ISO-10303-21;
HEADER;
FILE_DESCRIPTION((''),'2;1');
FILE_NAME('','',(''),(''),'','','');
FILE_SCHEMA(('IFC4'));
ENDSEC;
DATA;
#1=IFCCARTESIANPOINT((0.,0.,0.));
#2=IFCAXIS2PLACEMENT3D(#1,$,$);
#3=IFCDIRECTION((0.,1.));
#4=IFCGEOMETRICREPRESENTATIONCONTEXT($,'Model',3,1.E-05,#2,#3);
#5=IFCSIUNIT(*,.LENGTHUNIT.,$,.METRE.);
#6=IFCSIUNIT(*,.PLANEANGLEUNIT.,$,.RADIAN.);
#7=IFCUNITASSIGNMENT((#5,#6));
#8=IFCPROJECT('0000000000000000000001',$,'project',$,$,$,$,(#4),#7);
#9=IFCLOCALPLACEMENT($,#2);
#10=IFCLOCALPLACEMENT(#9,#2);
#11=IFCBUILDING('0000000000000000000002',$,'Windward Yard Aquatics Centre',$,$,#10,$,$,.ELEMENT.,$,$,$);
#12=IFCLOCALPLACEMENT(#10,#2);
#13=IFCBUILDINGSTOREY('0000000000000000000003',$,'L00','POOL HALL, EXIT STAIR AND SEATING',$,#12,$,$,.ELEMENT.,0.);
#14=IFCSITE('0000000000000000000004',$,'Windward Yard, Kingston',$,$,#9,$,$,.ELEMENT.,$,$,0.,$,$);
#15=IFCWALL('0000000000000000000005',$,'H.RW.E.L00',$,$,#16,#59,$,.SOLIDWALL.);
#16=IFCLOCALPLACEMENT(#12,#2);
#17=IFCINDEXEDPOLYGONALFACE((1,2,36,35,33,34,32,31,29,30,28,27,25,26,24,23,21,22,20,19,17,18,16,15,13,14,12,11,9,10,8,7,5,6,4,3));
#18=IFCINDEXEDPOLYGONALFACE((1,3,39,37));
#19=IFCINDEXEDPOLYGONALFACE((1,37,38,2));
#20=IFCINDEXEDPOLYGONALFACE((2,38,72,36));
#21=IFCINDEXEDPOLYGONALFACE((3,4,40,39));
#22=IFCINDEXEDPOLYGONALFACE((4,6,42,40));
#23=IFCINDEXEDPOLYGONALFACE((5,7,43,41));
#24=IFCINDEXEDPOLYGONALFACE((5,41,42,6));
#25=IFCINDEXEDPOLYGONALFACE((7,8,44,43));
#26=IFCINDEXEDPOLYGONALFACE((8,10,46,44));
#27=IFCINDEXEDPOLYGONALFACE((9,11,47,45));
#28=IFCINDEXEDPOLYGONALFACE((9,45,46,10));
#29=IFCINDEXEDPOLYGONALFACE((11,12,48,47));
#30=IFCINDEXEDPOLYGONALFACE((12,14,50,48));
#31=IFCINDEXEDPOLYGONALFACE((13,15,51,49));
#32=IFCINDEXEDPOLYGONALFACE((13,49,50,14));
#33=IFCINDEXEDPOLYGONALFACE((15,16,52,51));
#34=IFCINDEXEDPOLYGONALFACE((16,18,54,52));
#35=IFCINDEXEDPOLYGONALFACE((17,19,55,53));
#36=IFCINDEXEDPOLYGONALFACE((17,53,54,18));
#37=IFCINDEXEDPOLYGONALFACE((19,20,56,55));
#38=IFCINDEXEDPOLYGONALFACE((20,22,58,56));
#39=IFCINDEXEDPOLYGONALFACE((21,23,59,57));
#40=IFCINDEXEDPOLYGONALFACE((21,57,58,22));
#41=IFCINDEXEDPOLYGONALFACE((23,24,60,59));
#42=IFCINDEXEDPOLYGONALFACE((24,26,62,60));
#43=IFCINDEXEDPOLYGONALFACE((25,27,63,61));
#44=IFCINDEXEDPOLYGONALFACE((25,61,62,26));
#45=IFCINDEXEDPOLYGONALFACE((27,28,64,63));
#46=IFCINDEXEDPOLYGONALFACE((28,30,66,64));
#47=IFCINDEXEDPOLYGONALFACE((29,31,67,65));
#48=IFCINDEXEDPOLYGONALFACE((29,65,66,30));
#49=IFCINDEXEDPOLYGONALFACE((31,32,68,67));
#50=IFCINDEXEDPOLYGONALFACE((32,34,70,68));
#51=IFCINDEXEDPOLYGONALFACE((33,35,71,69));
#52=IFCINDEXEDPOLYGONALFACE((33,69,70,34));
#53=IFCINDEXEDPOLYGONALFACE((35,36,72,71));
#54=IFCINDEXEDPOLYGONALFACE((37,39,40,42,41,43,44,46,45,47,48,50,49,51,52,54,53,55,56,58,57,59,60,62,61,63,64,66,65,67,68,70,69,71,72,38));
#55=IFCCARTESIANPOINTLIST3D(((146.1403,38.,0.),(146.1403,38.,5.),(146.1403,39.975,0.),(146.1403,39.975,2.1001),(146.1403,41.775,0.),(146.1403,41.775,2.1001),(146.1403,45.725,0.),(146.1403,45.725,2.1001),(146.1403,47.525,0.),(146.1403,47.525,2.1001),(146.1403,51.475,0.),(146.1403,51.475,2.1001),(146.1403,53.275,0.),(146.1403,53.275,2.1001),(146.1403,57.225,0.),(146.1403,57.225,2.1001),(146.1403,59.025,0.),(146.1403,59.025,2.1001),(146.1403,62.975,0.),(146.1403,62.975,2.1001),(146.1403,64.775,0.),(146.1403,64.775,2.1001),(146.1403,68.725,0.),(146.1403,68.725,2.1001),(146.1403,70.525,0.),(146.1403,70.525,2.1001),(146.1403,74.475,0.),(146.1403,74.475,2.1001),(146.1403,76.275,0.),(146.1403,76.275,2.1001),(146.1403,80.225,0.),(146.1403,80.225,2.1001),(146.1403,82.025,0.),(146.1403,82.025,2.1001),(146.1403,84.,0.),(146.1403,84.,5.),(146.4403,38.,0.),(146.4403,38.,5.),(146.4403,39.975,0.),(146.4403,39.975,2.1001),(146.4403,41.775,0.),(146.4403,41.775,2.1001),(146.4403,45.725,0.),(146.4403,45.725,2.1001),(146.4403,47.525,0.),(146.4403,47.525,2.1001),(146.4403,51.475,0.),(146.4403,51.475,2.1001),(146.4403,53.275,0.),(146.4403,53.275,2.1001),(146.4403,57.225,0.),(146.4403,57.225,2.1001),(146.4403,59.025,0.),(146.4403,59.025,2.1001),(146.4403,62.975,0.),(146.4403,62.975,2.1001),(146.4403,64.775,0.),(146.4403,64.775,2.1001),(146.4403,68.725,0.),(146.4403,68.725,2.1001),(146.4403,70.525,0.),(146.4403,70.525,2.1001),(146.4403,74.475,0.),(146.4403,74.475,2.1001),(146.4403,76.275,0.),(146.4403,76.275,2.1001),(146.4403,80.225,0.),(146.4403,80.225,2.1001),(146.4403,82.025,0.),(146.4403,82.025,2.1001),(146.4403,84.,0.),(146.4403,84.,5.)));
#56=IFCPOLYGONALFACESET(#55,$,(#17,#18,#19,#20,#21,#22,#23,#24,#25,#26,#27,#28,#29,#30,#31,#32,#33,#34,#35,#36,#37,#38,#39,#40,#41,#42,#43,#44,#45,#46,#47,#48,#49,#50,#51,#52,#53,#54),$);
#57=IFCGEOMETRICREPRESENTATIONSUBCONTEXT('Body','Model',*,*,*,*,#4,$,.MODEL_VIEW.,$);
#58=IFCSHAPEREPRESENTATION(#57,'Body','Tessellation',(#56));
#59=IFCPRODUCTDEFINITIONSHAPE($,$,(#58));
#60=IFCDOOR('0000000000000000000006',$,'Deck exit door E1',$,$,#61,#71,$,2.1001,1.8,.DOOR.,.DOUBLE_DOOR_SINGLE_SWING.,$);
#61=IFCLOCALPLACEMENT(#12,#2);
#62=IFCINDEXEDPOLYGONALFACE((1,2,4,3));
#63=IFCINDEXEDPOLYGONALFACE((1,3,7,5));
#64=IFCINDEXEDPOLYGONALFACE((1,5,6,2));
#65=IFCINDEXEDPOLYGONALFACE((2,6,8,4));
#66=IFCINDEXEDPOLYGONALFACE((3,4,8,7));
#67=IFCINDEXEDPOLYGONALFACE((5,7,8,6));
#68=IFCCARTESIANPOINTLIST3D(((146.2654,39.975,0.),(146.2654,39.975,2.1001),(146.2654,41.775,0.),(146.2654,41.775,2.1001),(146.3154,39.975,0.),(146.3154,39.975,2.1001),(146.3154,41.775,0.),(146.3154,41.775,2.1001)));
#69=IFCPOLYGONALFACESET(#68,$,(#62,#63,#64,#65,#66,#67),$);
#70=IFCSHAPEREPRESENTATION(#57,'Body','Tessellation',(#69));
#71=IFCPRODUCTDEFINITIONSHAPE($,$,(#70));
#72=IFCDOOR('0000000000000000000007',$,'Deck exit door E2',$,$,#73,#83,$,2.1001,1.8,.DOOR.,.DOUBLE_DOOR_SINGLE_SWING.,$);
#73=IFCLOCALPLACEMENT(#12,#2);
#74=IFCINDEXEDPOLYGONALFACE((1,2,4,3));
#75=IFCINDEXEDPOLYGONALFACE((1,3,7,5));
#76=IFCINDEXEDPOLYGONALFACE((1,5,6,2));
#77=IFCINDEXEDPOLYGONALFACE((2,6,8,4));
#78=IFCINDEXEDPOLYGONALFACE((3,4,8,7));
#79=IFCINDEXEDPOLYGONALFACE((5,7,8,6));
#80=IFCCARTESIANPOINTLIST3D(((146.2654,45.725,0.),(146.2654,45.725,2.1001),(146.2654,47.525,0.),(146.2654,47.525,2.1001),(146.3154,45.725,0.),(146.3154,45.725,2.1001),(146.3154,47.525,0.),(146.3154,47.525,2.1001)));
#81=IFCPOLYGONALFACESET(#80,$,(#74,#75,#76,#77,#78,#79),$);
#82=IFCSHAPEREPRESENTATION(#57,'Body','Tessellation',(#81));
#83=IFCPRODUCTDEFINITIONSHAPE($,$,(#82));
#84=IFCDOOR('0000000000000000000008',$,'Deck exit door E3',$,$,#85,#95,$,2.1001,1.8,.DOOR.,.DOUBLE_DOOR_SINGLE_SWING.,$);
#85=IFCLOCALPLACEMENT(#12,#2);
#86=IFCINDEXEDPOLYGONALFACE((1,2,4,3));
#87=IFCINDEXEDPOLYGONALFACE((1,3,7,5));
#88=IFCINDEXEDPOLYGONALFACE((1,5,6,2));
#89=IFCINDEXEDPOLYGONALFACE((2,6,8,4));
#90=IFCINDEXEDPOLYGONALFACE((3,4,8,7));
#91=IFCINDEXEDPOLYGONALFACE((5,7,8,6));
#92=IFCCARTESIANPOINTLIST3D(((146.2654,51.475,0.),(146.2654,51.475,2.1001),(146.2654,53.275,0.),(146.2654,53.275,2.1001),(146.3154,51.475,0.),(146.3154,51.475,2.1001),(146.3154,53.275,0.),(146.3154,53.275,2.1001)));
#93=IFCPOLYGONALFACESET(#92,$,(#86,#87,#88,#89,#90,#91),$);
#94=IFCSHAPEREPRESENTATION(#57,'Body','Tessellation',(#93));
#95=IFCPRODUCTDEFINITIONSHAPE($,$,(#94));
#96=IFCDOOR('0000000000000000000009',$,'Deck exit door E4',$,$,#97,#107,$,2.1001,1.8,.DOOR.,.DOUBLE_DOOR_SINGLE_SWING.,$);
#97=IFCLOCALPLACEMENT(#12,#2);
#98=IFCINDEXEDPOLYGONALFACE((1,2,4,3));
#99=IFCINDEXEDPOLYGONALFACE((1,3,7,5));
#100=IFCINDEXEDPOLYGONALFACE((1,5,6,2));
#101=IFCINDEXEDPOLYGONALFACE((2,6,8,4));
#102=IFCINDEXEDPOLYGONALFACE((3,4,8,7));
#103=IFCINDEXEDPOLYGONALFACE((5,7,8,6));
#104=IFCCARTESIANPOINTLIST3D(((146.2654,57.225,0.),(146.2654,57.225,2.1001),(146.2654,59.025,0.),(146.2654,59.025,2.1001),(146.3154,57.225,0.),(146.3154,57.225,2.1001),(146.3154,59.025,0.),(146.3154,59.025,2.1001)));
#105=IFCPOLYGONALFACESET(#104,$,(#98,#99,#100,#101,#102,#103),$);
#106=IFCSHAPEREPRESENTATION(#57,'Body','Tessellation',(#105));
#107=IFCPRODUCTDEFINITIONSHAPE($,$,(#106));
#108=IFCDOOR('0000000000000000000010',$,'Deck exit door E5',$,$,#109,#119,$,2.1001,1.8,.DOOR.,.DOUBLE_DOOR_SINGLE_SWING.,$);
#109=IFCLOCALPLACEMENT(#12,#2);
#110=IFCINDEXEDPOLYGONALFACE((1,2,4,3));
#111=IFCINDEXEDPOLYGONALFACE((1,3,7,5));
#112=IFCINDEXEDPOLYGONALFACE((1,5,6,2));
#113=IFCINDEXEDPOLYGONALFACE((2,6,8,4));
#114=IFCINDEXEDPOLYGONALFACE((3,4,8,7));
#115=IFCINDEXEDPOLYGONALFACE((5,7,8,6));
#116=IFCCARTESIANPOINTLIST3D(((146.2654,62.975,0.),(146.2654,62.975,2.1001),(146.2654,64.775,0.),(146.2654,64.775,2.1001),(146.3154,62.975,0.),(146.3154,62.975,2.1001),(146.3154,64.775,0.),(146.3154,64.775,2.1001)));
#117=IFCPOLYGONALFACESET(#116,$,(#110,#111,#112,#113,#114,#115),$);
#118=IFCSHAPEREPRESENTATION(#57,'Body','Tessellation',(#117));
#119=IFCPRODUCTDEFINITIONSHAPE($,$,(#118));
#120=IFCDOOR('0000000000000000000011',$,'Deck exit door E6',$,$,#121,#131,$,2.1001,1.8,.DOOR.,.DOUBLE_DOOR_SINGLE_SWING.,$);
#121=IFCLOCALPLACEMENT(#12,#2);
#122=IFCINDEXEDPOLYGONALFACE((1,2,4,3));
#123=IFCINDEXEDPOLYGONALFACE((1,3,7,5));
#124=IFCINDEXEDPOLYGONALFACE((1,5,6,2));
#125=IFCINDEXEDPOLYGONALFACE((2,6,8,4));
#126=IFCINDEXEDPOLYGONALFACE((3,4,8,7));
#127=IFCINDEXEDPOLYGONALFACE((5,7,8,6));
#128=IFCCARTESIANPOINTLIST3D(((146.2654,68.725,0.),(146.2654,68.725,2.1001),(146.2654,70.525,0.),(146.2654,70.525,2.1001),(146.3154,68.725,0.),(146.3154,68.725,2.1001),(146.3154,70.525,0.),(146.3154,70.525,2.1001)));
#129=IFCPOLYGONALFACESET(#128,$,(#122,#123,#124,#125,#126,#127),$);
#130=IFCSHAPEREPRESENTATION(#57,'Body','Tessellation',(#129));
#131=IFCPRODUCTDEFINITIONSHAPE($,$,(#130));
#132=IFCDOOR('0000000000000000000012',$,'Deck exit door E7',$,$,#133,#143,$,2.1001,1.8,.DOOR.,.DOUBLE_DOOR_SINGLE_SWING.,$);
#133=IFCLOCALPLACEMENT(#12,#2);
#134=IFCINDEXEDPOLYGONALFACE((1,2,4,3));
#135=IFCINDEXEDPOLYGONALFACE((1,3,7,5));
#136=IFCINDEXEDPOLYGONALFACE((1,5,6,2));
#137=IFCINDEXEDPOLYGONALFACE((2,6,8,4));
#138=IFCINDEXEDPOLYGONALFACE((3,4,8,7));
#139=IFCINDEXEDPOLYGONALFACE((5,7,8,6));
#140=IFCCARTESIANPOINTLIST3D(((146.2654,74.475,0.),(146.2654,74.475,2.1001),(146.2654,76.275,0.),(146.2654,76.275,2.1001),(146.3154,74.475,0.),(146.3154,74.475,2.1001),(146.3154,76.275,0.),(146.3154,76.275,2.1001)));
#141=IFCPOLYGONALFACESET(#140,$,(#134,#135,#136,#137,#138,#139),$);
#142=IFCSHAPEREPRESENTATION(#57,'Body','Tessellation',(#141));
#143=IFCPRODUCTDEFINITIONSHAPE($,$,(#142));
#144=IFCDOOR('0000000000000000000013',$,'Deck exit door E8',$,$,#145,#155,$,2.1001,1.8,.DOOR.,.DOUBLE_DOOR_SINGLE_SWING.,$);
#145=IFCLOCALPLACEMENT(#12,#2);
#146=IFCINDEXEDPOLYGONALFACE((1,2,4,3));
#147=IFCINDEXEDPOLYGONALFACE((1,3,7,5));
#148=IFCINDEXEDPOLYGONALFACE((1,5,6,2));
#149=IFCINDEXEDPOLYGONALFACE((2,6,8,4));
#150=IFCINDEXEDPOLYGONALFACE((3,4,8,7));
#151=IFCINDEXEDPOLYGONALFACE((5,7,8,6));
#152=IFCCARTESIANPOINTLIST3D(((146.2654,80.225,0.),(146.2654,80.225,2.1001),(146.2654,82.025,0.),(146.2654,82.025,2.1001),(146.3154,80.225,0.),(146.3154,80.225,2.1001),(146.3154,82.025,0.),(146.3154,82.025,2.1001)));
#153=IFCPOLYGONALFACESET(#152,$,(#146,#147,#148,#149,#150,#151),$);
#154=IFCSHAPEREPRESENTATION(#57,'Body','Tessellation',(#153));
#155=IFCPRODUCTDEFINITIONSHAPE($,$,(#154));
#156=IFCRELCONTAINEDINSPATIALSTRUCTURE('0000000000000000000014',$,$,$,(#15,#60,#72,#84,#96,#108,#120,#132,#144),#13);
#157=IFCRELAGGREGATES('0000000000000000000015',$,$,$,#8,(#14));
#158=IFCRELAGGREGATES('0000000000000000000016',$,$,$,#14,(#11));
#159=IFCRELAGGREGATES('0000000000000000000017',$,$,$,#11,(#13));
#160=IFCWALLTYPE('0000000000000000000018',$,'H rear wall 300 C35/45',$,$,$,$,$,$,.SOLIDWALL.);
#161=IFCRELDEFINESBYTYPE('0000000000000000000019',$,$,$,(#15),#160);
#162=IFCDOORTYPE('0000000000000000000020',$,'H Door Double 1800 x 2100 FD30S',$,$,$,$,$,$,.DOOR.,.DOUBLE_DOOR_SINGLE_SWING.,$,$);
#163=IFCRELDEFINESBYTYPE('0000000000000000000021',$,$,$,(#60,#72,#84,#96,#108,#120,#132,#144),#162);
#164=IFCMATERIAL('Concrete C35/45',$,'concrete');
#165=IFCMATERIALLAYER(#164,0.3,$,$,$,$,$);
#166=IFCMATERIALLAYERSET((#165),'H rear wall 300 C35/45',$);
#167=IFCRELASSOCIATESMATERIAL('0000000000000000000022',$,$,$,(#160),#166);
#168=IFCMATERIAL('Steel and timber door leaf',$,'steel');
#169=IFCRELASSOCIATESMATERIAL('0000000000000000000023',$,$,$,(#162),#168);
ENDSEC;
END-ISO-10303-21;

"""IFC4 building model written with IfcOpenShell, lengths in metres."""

from ifc_helpers import new_model, si_unit, direction, frame, frame_2d, origin, place, context, subcontext, project, spatial, rectangle, extrude, material, layer, layer_set, type_object, element, fill, save


model = new_model("IFC4")

# Units and contexts
model_context = context("Model", 3, precision=1e-05, world=origin(), true_north=direction((0.0, 1.0)))
body_context = subcontext(model_context, "Body", "Model", "MODEL_VIEW")
ifc_project = project(units=[si_unit("LENGTHUNIT", "METRE"), si_unit("PLANEANGLEUNIT", "RADIAN")], contexts=[model_context])

# Site, building, storey
site_placement = place(None, origin())
site = spatial("IfcSite", under=ifc_project, at=site_placement, Name="Windward Yard, Kingston", CompositionType="ELEMENT", RefElevation=0.0)
building_placement = place(site_placement, origin())
building = spatial("IfcBuilding", under=site, at=building_placement, Name="Windward Yard Aquatics Centre", CompositionType="ELEMENT")
storey_placement = place(building_placement, origin())
storey = spatial("IfcBuildingStorey", under=building, at=storey_placement, Name="L00", Description="POOL HALL, EXIT STAIR AND SEATING", CompositionType="ELEMENT", Elevation=0.0)

# Shared definitions
ifc_material_1 = material(Name="Concrete C35/45", Category="concrete")

# Wall, openings, doors
ifc_layer_1 = layer(ifc_material_1, 0.3)
ifc_layer_set_1 = layer_set([ifc_layer_1], Name="H rear wall 300 C35/45")
wall_type_1 = type_object("IfcWallType", Name="H rear wall 300 C35/45", PredefinedType="SOLIDWALL", material=ifc_layer_set_1)
wall_1_placement = place(storey_placement, frame((146.2903, 38.0, 0.0), z_axis=(0.0, 0.0, 1.0), x_axis=(0.0, 1.0, 0.0)))
wall_1 = element("IfcWall", 1, at=wall_1_placement, inside=storey, type_object=wall_type_1, Name="H.RW.E.L00", PredefinedType="SOLIDWALL", context=body_context, shape_type="SweptSolid", body=[
    extrude(rectangle(XDim=46.0, YDim=0.3, at=frame_2d((23.0, 0.0))), origin(), (0.0, 0.0, 1.0), 5.0),
])
opening_1_placement = place(wall_1_placement, frame((1.9751, 0.0, 0.0)))
opening_1 = element("IfcOpeningElement", 2, at=opening_1_placement, cuts=wall_1, PredefinedType="OPENING", context=body_context, shape_type="SweptSolid", body=[
    extrude(rectangle(XDim=1.8, YDim=2.1001, at=frame_2d((0.8999, 1.05))), frame((0.0, 0.1602, 0.0), z_axis=(0.0, -1.0, 0.0), x_axis=(1.0, 0.0, 0.0)), (0.0, 0.0, 1.0), 0.3201),
])
opening_2_placement = place(wall_1_placement, frame((7.7251, 0.0, 0.0)))
opening_2 = element("IfcOpeningElement", 3, at=opening_2_placement, cuts=wall_1, PredefinedType="OPENING", context=body_context, shape_type="SweptSolid", body=[
    extrude(rectangle(XDim=1.8, YDim=2.1001, at=frame_2d((0.8999, 1.05))), frame((0.0, 0.1602, 0.0), z_axis=(0.0, -1.0, 0.0), x_axis=(1.0, 0.0, 0.0)), (0.0, 0.0, 1.0), 0.3201),
])
opening_3_placement = place(wall_1_placement, frame((13.4751, 0.0, 0.0)))
opening_3 = element("IfcOpeningElement", 4, at=opening_3_placement, cuts=wall_1, PredefinedType="OPENING", context=body_context, shape_type="SweptSolid", body=[
    extrude(rectangle(XDim=1.8, YDim=2.1001, at=frame_2d((0.8999, 1.05))), frame((0.0, 0.1602, 0.0), z_axis=(0.0, -1.0, 0.0), x_axis=(1.0, 0.0, 0.0)), (0.0, 0.0, 1.0), 0.3201),
])
opening_4_placement = place(wall_1_placement, frame((19.2251, 0.0, 0.0)))
opening_4 = element("IfcOpeningElement", 5, at=opening_4_placement, cuts=wall_1, PredefinedType="OPENING", context=body_context, shape_type="SweptSolid", body=[
    extrude(rectangle(XDim=1.8, YDim=2.1001, at=frame_2d((0.8999, 1.05))), frame((0.0, 0.1602, 0.0), z_axis=(0.0, -1.0, 0.0), x_axis=(1.0, 0.0, 0.0)), (0.0, 0.0, 1.0), 0.3201),
])
opening_5_placement = place(wall_1_placement, frame((24.9751, 0.0, 0.0)))
opening_5 = element("IfcOpeningElement", 6, at=opening_5_placement, cuts=wall_1, PredefinedType="OPENING", context=body_context, shape_type="SweptSolid", body=[
    extrude(rectangle(XDim=1.8, YDim=2.1001, at=frame_2d((0.8999, 1.05))), frame((0.0, 0.1602, 0.0), z_axis=(0.0, -1.0, 0.0), x_axis=(1.0, 0.0, 0.0)), (0.0, 0.0, 1.0), 0.3201),
])
opening_6_placement = place(wall_1_placement, frame((30.7251, 0.0, 0.0)))
opening_6 = element("IfcOpeningElement", 7, at=opening_6_placement, cuts=wall_1, PredefinedType="OPENING", context=body_context, shape_type="SweptSolid", body=[
    extrude(rectangle(XDim=1.8, YDim=2.1001, at=frame_2d((0.8999, 1.05))), frame((0.0, 0.1602, 0.0), z_axis=(0.0, -1.0, 0.0), x_axis=(1.0, 0.0, 0.0)), (0.0, 0.0, 1.0), 0.3201),
])
opening_7_placement = place(wall_1_placement, frame((36.4751, 0.0, 0.0)))
opening_7 = element("IfcOpeningElement", 8, at=opening_7_placement, cuts=wall_1, PredefinedType="OPENING", context=body_context, shape_type="SweptSolid", body=[
    extrude(rectangle(XDim=1.8, YDim=2.1001, at=frame_2d((0.8999, 1.05))), frame((0.0, 0.1602, 0.0), z_axis=(0.0, -1.0, 0.0), x_axis=(1.0, 0.0, 0.0)), (0.0, 0.0, 1.0), 0.3201),
])
opening_8_placement = place(wall_1_placement, frame((42.2251, 0.0, 0.0)))
opening_8 = element("IfcOpeningElement", 9, at=opening_8_placement, cuts=wall_1, PredefinedType="OPENING", context=body_context, shape_type="SweptSolid", body=[
    extrude(rectangle(XDim=1.8, YDim=2.1001, at=frame_2d((0.8999, 1.05))), frame((0.0, 0.1602, 0.0), z_axis=(0.0, -1.0, 0.0), x_axis=(1.0, 0.0, 0.0)), (0.0, 0.0, 1.0), 0.3201),
])
ifc_material_2 = material(Name="Steel and timber door leaf", Category="steel")
door_type = type_object("IfcDoorType", Name="H Door Double 1800 x 2100 FD30S", OperationType="DOUBLE_DOOR_SINGLE_SWING", PredefinedType="DOOR", material=ifc_material_2)
door_1_placement = place(opening_1_placement, origin())
door_1 = element("IfcDoor", 10, at=door_1_placement, inside=storey, type_object=door_type, Name="Deck exit door E1", OperationType="DOUBLE_DOOR_SINGLE_SWING", OverallHeight=2.1001, OverallWidth=1.8, PredefinedType="DOOR", context=body_context, shape_type="SweptSolid", body=[
    extrude(rectangle(XDim=1.8, YDim=2.1001, at=frame_2d((0.8999, 1.05))), frame((0.0, 0.0249, 0.0), z_axis=(0.0, -1.0, 0.0), x_axis=(1.0, 0.0, 0.0)), (0.0, 0.0, 1.0), 0.05),
])
fill(opening_1, door_1)
door_2_placement = place(opening_2_placement, origin())
door_2 = element("IfcDoor", 11, at=door_2_placement, inside=storey, type_object=door_type, Name="Deck exit door E2", OperationType="DOUBLE_DOOR_SINGLE_SWING", OverallHeight=2.1001, OverallWidth=1.8, PredefinedType="DOOR", context=body_context, shape_type="SweptSolid", body=[
    extrude(rectangle(XDim=1.8, YDim=2.1001, at=frame_2d((0.8999, 1.05))), frame((0.0, 0.0249, 0.0), z_axis=(0.0, -1.0, 0.0), x_axis=(1.0, 0.0, 0.0)), (0.0, 0.0, 1.0), 0.05),
])
fill(opening_2, door_2)
door_3_placement = place(opening_3_placement, origin())
door_3 = element("IfcDoor", 12, at=door_3_placement, inside=storey, type_object=door_type, Name="Deck exit door E3", OperationType="DOUBLE_DOOR_SINGLE_SWING", OverallHeight=2.1001, OverallWidth=1.8, PredefinedType="DOOR", context=body_context, shape_type="SweptSolid", body=[
    extrude(rectangle(XDim=1.8, YDim=2.1001, at=frame_2d((0.8999, 1.05))), frame((0.0, 0.0249, 0.0), z_axis=(0.0, -1.0, 0.0), x_axis=(1.0, 0.0, 0.0)), (0.0, 0.0, 1.0), 0.05),
])
fill(opening_3, door_3)
door_4_placement = place(opening_4_placement, origin())
door_4 = element("IfcDoor", 13, at=door_4_placement, inside=storey, type_object=door_type, Name="Deck exit door E4", OperationType="DOUBLE_DOOR_SINGLE_SWING", OverallHeight=2.1001, OverallWidth=1.8, PredefinedType="DOOR", context=body_context, shape_type="SweptSolid", body=[
    extrude(rectangle(XDim=1.8, YDim=2.1001, at=frame_2d((0.8999, 1.05))), frame((0.0, 0.0249, 0.0), z_axis=(0.0, -1.0, 0.0), x_axis=(1.0, 0.0, 0.0)), (0.0, 0.0, 1.0), 0.05),
])
fill(opening_4, door_4)
door_5_placement = place(opening_5_placement, origin())
door_5 = element("IfcDoor", 14, at=door_5_placement, inside=storey, type_object=door_type, Name="Deck exit door E5", OperationType="DOUBLE_DOOR_SINGLE_SWING", OverallHeight=2.1001, OverallWidth=1.8, PredefinedType="DOOR", context=body_context, shape_type="SweptSolid", body=[
    extrude(rectangle(XDim=1.8, YDim=2.1001, at=frame_2d((0.8999, 1.05))), frame((0.0, 0.0249, 0.0), z_axis=(0.0, -1.0, 0.0), x_axis=(1.0, 0.0, 0.0)), (0.0, 0.0, 1.0), 0.05),
])
fill(opening_5, door_5)
door_6_placement = place(opening_6_placement, origin())
door_6 = element("IfcDoor", 15, at=door_6_placement, inside=storey, type_object=door_type, Name="Deck exit door E6", OperationType="DOUBLE_DOOR_SINGLE_SWING", OverallHeight=2.1001, OverallWidth=1.8, PredefinedType="DOOR", context=body_context, shape_type="SweptSolid", body=[
    extrude(rectangle(XDim=1.8, YDim=2.1001, at=frame_2d((0.8999, 1.05))), frame((0.0, 0.0249, 0.0), z_axis=(0.0, -1.0, 0.0), x_axis=(1.0, 0.0, 0.0)), (0.0, 0.0, 1.0), 0.05),
])
fill(opening_6, door_6)
door_7_placement = place(opening_7_placement, origin())
door_7 = element("IfcDoor", 16, at=door_7_placement, inside=storey, type_object=door_type, Name="Deck exit door E7", OperationType="DOUBLE_DOOR_SINGLE_SWING", OverallHeight=2.1001, OverallWidth=1.8, PredefinedType="DOOR", context=body_context, shape_type="SweptSolid", body=[
    extrude(rectangle(XDim=1.8, YDim=2.1001, at=frame_2d((0.8999, 1.05))), frame((0.0, 0.0249, 0.0), z_axis=(0.0, -1.0, 0.0), x_axis=(1.0, 0.0, 0.0)), (0.0, 0.0, 1.0), 0.05),
])
fill(opening_7, door_7)
door_8_placement = place(opening_8_placement, origin())
door_8 = element("IfcDoor", 17, at=door_8_placement, inside=storey, type_object=door_type, Name="Deck exit door E8", OperationType="DOUBLE_DOOR_SINGLE_SWING", OverallHeight=2.1001, OverallWidth=1.8, PredefinedType="DOOR", context=body_context, shape_type="SweptSolid", body=[
    extrude(rectangle(XDim=1.8, YDim=2.1001, at=frame_2d((0.8999, 1.05))), frame((0.0, 0.0249, 0.0), z_axis=(0.0, -1.0, 0.0), x_axis=(1.0, 0.0, 0.0)), (0.0, 0.0, 1.0), 0.05),
])
fill(opening_8, door_8)

save(model, "model.ifc")
